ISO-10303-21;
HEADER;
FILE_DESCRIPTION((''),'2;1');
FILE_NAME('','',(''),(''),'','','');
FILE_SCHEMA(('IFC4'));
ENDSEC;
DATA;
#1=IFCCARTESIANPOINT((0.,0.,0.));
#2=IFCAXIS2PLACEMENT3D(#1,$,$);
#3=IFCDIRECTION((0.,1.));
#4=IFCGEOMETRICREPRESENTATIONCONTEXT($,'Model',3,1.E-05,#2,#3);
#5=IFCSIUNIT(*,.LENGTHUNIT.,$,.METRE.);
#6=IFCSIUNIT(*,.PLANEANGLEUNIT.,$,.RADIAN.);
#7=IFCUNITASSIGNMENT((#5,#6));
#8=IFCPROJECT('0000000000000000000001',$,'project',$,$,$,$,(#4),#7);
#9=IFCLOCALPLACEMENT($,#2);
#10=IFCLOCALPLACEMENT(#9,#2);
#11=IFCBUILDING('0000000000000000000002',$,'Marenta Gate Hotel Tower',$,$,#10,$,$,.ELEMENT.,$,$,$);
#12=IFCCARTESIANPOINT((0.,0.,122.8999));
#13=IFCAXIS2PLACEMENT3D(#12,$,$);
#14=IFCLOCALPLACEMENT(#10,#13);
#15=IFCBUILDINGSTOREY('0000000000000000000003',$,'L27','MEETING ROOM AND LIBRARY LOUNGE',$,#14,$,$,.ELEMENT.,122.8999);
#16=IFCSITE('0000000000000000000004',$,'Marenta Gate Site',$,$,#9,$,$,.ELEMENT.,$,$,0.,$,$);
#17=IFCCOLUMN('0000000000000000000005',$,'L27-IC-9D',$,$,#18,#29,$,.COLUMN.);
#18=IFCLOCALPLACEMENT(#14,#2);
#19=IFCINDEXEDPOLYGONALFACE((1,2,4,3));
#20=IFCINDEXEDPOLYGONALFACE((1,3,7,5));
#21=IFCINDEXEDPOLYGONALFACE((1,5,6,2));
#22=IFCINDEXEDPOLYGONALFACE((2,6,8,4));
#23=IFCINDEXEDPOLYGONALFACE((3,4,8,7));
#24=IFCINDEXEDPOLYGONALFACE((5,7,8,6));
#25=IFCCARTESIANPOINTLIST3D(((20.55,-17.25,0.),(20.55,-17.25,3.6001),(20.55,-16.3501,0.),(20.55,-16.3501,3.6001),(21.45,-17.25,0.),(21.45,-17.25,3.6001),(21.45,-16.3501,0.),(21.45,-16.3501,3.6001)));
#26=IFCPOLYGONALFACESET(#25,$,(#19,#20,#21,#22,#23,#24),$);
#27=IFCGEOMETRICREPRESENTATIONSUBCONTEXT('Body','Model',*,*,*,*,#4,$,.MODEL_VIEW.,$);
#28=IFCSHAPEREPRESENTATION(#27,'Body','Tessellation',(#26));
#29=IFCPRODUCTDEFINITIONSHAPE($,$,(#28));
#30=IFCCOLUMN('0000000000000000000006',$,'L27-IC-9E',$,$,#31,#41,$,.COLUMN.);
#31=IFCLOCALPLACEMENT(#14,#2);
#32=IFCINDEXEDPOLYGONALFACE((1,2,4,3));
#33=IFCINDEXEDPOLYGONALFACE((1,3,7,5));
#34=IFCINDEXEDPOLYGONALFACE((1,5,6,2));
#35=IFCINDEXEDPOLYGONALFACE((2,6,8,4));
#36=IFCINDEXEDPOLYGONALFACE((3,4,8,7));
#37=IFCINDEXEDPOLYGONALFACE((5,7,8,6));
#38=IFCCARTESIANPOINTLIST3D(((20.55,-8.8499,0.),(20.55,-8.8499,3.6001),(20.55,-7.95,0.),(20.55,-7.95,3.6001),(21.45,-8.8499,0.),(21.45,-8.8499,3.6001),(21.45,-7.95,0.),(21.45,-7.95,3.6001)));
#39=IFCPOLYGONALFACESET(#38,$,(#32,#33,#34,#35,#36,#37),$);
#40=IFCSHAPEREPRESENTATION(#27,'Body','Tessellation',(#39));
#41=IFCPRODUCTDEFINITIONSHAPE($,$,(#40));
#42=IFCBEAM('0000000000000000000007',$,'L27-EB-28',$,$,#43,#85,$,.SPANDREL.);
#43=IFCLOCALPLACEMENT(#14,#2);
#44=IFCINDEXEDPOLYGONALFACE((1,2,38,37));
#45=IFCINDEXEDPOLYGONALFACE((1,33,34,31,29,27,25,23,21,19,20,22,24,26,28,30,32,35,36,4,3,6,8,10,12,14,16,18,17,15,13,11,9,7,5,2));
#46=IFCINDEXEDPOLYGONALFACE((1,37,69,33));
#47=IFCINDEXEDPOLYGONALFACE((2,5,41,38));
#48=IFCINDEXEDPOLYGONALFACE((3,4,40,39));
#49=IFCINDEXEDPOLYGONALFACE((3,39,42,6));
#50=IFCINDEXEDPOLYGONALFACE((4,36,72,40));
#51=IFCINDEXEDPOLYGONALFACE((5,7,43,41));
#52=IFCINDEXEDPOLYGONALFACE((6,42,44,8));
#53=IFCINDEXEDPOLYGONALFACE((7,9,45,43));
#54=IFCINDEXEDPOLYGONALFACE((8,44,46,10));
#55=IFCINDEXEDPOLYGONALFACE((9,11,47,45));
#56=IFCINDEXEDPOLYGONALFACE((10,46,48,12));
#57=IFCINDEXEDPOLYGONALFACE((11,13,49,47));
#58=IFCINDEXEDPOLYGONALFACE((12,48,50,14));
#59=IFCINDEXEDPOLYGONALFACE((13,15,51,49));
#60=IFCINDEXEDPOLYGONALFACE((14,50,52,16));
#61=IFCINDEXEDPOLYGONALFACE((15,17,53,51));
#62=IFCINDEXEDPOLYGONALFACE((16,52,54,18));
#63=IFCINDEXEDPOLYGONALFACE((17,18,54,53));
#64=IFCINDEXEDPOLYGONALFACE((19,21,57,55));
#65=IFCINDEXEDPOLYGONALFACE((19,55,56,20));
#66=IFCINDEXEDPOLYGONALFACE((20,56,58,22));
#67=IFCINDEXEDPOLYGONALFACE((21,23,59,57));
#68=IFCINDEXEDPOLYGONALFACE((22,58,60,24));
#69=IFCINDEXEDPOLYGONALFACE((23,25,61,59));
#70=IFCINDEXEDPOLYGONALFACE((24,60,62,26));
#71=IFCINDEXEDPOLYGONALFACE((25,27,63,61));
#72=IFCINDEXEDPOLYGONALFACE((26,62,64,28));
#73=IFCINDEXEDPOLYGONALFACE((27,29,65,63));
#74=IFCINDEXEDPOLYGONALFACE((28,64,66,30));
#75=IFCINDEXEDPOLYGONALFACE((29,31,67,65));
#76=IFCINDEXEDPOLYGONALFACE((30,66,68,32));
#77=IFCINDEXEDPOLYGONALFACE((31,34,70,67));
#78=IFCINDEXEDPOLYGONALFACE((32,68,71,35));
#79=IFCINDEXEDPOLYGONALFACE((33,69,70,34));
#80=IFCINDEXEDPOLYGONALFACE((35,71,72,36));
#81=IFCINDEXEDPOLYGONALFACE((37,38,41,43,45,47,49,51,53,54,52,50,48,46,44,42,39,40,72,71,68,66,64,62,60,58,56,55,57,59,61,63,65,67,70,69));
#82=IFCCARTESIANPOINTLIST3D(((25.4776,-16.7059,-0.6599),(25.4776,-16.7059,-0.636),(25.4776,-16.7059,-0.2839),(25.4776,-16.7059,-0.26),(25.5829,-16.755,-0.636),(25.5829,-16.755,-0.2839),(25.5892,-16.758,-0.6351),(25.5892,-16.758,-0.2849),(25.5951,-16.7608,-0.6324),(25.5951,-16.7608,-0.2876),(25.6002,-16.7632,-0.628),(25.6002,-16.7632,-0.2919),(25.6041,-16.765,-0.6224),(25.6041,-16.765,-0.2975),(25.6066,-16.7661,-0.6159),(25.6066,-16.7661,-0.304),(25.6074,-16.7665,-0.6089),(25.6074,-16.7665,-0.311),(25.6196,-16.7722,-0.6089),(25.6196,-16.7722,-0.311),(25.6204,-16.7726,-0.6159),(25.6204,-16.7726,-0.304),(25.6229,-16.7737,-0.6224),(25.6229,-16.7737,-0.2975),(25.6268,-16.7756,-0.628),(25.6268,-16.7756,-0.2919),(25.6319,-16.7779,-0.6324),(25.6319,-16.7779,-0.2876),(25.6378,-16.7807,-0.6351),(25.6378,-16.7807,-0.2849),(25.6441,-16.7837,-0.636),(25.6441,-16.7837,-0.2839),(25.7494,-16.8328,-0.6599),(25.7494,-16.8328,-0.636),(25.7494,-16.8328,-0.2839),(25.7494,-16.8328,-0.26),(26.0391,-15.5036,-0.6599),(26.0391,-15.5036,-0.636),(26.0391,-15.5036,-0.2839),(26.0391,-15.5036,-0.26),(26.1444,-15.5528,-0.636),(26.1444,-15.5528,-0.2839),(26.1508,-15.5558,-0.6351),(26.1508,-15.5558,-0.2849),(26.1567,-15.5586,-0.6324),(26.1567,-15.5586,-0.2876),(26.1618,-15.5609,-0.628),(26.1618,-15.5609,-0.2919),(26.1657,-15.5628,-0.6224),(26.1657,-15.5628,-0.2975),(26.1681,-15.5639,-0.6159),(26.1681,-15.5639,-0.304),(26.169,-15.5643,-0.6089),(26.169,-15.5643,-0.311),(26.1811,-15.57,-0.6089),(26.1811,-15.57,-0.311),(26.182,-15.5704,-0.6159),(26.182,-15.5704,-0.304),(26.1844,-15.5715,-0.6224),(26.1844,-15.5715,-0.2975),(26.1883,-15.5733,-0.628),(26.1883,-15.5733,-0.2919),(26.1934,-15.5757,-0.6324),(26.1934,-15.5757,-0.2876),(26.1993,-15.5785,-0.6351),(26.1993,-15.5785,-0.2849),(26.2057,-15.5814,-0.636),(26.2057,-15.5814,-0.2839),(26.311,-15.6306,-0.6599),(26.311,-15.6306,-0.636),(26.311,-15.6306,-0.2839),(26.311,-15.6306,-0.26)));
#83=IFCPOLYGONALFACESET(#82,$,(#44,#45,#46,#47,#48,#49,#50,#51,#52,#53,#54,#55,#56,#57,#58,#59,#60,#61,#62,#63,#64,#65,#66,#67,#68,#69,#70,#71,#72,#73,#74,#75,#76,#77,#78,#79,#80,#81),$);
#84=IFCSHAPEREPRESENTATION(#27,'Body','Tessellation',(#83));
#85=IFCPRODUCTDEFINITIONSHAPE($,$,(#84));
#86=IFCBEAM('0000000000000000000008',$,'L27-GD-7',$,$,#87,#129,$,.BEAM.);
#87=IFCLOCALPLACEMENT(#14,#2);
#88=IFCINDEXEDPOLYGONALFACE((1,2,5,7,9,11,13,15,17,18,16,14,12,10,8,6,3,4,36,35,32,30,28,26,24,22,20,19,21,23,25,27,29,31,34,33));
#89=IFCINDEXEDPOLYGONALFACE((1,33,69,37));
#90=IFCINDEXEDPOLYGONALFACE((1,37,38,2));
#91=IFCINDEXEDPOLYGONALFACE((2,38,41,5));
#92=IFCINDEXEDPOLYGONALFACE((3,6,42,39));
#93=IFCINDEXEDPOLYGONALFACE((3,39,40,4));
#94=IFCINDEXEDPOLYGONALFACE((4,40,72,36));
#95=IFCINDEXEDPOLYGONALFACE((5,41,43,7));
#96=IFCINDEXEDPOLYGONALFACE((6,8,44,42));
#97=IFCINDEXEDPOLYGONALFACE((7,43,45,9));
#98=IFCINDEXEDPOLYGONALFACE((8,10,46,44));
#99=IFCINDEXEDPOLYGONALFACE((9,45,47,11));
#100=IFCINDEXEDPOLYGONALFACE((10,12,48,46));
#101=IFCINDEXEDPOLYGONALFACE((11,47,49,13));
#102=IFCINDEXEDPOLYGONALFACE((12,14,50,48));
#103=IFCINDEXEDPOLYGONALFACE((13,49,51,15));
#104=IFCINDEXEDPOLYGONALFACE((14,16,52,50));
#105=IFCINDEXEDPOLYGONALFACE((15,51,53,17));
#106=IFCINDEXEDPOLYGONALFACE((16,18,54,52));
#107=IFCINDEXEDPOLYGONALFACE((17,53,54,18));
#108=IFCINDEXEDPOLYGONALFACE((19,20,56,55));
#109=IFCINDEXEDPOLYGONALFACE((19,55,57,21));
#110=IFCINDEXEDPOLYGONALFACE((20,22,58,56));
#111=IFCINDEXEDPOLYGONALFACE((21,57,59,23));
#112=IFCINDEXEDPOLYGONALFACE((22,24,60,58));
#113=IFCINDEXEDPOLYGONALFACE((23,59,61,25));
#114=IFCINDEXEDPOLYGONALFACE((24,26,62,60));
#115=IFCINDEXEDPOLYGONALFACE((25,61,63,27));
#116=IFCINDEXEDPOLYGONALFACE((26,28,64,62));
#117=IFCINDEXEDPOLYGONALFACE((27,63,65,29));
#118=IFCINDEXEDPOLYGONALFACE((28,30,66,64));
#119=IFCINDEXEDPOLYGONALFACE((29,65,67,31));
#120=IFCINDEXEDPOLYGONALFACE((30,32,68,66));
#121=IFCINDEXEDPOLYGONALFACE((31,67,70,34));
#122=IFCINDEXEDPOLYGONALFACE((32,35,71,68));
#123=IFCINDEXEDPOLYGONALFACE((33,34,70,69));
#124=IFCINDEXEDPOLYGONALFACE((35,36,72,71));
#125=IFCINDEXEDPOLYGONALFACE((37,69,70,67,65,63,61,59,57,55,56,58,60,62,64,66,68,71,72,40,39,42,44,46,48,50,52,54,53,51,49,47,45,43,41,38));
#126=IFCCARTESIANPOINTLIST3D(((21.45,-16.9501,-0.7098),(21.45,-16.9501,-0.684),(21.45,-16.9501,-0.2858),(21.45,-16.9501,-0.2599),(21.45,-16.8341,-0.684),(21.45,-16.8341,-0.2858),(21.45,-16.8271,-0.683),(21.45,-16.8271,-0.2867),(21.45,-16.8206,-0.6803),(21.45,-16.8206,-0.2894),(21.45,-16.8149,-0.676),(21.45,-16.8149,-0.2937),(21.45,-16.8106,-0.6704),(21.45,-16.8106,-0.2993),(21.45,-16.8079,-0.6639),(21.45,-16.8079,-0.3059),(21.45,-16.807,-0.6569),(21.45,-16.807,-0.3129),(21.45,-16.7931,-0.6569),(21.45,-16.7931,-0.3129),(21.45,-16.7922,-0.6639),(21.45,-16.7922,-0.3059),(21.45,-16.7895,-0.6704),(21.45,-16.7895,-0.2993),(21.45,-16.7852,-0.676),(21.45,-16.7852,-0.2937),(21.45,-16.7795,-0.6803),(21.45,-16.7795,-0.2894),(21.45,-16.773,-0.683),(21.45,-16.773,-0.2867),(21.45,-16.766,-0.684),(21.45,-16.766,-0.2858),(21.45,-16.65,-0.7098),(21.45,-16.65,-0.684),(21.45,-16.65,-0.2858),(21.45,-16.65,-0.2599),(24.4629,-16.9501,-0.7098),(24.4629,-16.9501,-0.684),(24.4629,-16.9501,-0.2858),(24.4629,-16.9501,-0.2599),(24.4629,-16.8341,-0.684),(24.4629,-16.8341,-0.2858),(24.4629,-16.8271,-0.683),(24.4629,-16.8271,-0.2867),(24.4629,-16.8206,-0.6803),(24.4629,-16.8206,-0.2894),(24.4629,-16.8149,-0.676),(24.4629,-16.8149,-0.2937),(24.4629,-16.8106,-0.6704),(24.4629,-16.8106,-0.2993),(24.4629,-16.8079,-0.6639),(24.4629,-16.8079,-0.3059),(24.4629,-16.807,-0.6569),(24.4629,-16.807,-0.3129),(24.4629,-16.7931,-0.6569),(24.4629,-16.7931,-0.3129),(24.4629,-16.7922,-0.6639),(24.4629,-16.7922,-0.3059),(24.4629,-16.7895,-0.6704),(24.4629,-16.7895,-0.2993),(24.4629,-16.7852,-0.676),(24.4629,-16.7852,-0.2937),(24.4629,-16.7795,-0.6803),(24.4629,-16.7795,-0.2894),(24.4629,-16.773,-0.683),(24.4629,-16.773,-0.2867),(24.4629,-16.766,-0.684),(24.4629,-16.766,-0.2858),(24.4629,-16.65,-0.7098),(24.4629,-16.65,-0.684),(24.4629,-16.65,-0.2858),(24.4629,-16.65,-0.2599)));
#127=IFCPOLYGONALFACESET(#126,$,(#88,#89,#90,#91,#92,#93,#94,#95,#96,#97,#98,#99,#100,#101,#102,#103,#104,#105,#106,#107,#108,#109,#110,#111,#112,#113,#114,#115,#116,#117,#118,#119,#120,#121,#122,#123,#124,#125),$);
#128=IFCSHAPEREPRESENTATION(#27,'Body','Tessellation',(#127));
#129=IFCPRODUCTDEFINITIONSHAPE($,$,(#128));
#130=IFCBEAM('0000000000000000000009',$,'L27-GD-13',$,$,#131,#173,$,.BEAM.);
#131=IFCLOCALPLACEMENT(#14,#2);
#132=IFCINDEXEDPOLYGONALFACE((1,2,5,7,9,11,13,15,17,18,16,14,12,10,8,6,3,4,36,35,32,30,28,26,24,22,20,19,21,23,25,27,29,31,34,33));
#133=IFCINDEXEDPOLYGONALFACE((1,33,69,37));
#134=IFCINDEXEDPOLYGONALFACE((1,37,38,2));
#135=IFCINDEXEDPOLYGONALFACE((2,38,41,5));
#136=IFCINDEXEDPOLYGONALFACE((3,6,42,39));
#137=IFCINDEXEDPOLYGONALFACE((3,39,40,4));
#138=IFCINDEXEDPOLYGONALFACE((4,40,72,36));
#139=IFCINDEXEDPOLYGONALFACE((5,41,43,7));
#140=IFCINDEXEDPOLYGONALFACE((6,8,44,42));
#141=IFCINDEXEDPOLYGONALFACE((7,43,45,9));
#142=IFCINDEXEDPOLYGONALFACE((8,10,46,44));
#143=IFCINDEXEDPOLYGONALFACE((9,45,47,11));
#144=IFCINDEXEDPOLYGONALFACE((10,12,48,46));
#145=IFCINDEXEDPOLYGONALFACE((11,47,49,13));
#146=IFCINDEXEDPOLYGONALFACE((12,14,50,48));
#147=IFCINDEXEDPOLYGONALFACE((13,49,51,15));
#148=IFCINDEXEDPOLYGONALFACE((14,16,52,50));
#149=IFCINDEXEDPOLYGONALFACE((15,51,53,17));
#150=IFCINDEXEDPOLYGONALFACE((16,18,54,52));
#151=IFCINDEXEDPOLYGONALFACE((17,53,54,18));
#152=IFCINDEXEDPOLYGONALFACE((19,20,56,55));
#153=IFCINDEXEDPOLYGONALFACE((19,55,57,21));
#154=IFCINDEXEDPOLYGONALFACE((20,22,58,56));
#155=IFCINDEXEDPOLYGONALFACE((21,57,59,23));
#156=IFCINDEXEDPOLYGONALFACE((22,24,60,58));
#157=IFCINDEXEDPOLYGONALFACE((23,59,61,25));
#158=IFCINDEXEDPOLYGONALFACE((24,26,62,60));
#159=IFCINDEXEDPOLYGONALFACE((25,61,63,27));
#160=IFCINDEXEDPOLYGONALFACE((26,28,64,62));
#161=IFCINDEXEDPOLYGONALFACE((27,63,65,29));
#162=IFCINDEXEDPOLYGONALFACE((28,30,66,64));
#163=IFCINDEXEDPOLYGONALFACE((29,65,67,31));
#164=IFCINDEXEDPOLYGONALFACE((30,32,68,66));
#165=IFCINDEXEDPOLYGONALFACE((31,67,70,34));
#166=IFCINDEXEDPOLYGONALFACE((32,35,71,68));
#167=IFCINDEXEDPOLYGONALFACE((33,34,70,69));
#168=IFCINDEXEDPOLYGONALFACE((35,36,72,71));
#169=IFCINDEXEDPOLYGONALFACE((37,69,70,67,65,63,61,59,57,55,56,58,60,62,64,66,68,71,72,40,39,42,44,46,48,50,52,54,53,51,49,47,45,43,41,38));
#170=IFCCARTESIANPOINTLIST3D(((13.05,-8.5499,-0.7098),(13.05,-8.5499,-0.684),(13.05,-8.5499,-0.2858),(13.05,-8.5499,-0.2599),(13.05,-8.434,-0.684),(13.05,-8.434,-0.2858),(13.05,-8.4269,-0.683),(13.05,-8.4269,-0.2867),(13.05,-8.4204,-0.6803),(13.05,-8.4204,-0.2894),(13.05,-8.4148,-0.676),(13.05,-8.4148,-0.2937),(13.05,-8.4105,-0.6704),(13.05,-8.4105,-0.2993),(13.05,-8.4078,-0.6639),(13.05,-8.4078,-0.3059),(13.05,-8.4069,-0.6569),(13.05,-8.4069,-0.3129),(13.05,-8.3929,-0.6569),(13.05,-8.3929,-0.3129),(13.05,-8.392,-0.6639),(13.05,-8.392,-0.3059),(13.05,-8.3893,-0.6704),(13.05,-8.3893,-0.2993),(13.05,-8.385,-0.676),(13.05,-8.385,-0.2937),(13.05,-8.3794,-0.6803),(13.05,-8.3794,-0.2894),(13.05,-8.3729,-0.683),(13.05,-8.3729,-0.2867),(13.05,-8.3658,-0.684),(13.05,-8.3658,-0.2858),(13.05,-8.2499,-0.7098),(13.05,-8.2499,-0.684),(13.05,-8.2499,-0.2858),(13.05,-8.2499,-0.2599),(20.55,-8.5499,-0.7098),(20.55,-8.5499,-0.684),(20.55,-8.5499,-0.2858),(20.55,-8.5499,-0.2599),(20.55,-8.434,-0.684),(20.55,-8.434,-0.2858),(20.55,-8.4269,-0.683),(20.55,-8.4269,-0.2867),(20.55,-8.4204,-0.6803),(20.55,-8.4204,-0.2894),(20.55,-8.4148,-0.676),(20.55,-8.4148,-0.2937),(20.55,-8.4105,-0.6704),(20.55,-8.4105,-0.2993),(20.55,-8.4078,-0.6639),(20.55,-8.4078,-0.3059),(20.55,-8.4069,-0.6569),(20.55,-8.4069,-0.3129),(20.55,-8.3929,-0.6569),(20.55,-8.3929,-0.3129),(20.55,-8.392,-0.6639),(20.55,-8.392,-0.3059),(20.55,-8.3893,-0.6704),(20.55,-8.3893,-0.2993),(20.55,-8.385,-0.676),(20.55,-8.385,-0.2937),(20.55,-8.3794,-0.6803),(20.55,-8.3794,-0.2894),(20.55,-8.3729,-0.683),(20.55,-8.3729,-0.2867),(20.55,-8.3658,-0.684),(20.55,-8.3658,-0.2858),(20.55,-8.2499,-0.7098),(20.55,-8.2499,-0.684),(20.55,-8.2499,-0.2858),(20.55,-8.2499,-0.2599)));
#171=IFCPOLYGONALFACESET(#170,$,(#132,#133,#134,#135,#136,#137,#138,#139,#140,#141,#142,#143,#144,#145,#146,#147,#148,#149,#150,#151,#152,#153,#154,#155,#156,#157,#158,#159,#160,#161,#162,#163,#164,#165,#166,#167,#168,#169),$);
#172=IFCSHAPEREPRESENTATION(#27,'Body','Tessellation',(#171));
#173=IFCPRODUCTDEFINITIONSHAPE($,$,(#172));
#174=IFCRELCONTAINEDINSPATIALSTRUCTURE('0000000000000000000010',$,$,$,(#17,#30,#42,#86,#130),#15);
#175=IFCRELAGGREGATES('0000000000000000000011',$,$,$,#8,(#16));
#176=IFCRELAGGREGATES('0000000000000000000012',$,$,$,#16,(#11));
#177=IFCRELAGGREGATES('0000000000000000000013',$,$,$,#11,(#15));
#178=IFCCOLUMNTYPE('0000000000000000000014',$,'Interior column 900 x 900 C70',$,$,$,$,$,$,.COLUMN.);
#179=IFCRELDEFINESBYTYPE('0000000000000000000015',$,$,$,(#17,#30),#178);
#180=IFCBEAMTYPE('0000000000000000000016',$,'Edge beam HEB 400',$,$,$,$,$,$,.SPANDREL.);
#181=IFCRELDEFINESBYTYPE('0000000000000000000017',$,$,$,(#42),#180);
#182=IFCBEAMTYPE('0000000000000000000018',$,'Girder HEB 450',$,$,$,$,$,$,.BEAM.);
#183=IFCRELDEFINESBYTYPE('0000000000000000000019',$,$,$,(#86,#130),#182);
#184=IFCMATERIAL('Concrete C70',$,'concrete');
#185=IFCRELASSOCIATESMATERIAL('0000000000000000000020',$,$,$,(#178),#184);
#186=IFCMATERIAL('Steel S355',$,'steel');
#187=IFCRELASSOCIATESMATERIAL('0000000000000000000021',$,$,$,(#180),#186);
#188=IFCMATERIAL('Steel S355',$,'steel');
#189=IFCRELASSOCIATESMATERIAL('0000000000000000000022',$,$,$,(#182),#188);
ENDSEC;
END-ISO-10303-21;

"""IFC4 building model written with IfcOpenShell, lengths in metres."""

from ifc_helpers import new_model, si_unit, direction, frame, origin, origin_2d, place, context, subcontext, project, spatial, rectangle, i_section, extrude, material, material_profile, profile_set, type_object, element, save


model = new_model("IFC4")

# Units and contexts
model_context = context("Model", 3, precision=1e-05, world=origin(), true_north=direction((0.0, 1.0)))
body_context = subcontext(model_context, "Body", "Model", "MODEL_VIEW")
ifc_project = project(units=[si_unit("LENGTHUNIT", "METRE"), si_unit("PLANEANGLEUNIT", "RADIAN")], contexts=[model_context])

# Site, building, storey
site_placement = place(None, origin())
site = spatial("IfcSite", under=ifc_project, at=site_placement, Name="Marenta Gate Site", CompositionType="ELEMENT", RefElevation=0.0)
building_placement = place(site_placement, origin())
building = spatial("IfcBuilding", under=site, at=building_placement, Name="Marenta Gate Hotel Tower", CompositionType="ELEMENT")
storey_placement = place(building_placement, frame((0.0, 0.0, 122.8999)))
storey = spatial("IfcBuildingStorey", under=building, at=storey_placement, Name="L27", Description="MEETING ROOM AND LIBRARY LOUNGE", CompositionType="ELEMENT", Elevation=122.8999)

# Columns
ifc_material_1 = material(Name="Concrete C70", Category="concrete")
ifc_material_profile_1 = material_profile(ifc_material_1, rectangle(XDim=0.8999, YDim=0.8999, at=origin_2d()), Name="900 x 900")
ifc_profile_set_1 = profile_set([ifc_material_profile_1], Name="Concrete C70")
column_type = type_object("IfcColumnType", Name="Interior column 900 x 900 C70", PredefinedType="COLUMN", material=ifc_profile_set_1)
for number, where, z_axis, x_axis, name in (
    (1, (21.0, -16.8, 0.0), (0.0, 0.0, 1.0), (1.0, 0.0, 0.0), "L27-IC-9D"),
    (2, (21.0, -8.3999, 0.0), (0.0, 0.0, 1.0), (1.0, 0.0, 0.0), "L27-IC-9E"),
):
    element("IfcColumn", number, at=place(storey_placement, frame(where, z_axis=z_axis, x_axis=x_axis)), inside=storey, type_object=column_type, Name=name, PredefinedType="COLUMN", context=body_context, shape_type="SweptSolid", body=[
        extrude(rectangle(XDim=0.8999, YDim=0.8999, at=origin_2d()), origin(), (0.0, 0.0, 1.0), 3.6001),
    ])

# Beams
ifc_material_2 = material(Name="Steel S355", Category="steel")
ifc_material_profile_2 = material_profile(ifc_material_2, i_section(OverallWidth=0.3, OverallDepth=0.3999, WebThickness=0.0134, FlangeThickness=0.0239, FilletRadius=0.0271, at=origin_2d()), Name="HEB 400")
ifc_profile_set_2 = profile_set([ifc_material_profile_2], Name="Steel S355")
beam_type_1 = type_object("IfcBeamType", Name="Edge beam HEB 400", PredefinedType="SPANDREL", material=ifc_profile_set_2)
beam_1_placement = place(storey_placement, frame((26.175, -15.5671, -0.46), z_axis=(-0.423208, -0.906033, 0.0), x_axis=(0.906033, -0.423208, 0.0)))
element("IfcBeam", 3, at=beam_1_placement, inside=storey, type_object=beam_type_1, Name="L27-EB-28", PredefinedType="SPANDREL", context=body_context, shape_type="SweptSolid", body=[
    extrude(i_section(OverallWidth=0.3, OverallDepth=0.3999, WebThickness=0.0134, FlangeThickness=0.0239, FilletRadius=0.0271, at=origin_2d()), origin(), (0.0, 0.0, 1.0), 1.3269),
])
ifc_material_3 = material(Name="Steel S355", Category="steel")
ifc_material_profile_3 = material_profile(ifc_material_3, i_section(OverallWidth=0.3, OverallDepth=0.45, WebThickness=0.0139, FlangeThickness=0.0259, FilletRadius=0.0271, at=origin_2d()), Name="HEB 450")
ifc_profile_set_3 = profile_set([ifc_material_profile_3], Name="Steel S355")
beam_type_2 = type_object("IfcBeamType", Name="Girder HEB 450", PredefinedType="BEAM", material=ifc_profile_set_3)
beam_2_placement = place(storey_placement, frame((21.45, -16.8, -0.4849), z_axis=(1.0, 0.0, 0.0), x_axis=(0.0, 1.0, 0.0)))
element("IfcBeam", 4, at=beam_2_placement, inside=storey, type_object=beam_type_2, Name="L27-GD-7", PredefinedType="BEAM", context=body_context, shape_type="SweptSolid", body=[
    extrude(i_section(OverallWidth=0.3, OverallDepth=0.45, WebThickness=0.0139, FlangeThickness=0.0259, FilletRadius=0.0271, at=origin_2d()), origin(), (0.0, 0.0, 1.0), 3.0129),
])
beam_3_placement = place(storey_placement, frame((13.05, -8.3999, -0.4849), z_axis=(1.0, 0.0, 0.0), x_axis=(0.0, 1.0, 0.0)))
element("IfcBeam", 5, at=beam_3_placement, inside=storey, type_object=beam_type_2, Name="L27-GD-13", PredefinedType="BEAM", context=body_context, shape_type="SweptSolid", body=[
    extrude(i_section(OverallWidth=0.3, OverallDepth=0.45, WebThickness=0.0139, FlangeThickness=0.0259, FilletRadius=0.0271, at=origin_2d()), origin(), (0.0, 0.0, 1.0), 7.5),
])

save(model, "model.ifc")
